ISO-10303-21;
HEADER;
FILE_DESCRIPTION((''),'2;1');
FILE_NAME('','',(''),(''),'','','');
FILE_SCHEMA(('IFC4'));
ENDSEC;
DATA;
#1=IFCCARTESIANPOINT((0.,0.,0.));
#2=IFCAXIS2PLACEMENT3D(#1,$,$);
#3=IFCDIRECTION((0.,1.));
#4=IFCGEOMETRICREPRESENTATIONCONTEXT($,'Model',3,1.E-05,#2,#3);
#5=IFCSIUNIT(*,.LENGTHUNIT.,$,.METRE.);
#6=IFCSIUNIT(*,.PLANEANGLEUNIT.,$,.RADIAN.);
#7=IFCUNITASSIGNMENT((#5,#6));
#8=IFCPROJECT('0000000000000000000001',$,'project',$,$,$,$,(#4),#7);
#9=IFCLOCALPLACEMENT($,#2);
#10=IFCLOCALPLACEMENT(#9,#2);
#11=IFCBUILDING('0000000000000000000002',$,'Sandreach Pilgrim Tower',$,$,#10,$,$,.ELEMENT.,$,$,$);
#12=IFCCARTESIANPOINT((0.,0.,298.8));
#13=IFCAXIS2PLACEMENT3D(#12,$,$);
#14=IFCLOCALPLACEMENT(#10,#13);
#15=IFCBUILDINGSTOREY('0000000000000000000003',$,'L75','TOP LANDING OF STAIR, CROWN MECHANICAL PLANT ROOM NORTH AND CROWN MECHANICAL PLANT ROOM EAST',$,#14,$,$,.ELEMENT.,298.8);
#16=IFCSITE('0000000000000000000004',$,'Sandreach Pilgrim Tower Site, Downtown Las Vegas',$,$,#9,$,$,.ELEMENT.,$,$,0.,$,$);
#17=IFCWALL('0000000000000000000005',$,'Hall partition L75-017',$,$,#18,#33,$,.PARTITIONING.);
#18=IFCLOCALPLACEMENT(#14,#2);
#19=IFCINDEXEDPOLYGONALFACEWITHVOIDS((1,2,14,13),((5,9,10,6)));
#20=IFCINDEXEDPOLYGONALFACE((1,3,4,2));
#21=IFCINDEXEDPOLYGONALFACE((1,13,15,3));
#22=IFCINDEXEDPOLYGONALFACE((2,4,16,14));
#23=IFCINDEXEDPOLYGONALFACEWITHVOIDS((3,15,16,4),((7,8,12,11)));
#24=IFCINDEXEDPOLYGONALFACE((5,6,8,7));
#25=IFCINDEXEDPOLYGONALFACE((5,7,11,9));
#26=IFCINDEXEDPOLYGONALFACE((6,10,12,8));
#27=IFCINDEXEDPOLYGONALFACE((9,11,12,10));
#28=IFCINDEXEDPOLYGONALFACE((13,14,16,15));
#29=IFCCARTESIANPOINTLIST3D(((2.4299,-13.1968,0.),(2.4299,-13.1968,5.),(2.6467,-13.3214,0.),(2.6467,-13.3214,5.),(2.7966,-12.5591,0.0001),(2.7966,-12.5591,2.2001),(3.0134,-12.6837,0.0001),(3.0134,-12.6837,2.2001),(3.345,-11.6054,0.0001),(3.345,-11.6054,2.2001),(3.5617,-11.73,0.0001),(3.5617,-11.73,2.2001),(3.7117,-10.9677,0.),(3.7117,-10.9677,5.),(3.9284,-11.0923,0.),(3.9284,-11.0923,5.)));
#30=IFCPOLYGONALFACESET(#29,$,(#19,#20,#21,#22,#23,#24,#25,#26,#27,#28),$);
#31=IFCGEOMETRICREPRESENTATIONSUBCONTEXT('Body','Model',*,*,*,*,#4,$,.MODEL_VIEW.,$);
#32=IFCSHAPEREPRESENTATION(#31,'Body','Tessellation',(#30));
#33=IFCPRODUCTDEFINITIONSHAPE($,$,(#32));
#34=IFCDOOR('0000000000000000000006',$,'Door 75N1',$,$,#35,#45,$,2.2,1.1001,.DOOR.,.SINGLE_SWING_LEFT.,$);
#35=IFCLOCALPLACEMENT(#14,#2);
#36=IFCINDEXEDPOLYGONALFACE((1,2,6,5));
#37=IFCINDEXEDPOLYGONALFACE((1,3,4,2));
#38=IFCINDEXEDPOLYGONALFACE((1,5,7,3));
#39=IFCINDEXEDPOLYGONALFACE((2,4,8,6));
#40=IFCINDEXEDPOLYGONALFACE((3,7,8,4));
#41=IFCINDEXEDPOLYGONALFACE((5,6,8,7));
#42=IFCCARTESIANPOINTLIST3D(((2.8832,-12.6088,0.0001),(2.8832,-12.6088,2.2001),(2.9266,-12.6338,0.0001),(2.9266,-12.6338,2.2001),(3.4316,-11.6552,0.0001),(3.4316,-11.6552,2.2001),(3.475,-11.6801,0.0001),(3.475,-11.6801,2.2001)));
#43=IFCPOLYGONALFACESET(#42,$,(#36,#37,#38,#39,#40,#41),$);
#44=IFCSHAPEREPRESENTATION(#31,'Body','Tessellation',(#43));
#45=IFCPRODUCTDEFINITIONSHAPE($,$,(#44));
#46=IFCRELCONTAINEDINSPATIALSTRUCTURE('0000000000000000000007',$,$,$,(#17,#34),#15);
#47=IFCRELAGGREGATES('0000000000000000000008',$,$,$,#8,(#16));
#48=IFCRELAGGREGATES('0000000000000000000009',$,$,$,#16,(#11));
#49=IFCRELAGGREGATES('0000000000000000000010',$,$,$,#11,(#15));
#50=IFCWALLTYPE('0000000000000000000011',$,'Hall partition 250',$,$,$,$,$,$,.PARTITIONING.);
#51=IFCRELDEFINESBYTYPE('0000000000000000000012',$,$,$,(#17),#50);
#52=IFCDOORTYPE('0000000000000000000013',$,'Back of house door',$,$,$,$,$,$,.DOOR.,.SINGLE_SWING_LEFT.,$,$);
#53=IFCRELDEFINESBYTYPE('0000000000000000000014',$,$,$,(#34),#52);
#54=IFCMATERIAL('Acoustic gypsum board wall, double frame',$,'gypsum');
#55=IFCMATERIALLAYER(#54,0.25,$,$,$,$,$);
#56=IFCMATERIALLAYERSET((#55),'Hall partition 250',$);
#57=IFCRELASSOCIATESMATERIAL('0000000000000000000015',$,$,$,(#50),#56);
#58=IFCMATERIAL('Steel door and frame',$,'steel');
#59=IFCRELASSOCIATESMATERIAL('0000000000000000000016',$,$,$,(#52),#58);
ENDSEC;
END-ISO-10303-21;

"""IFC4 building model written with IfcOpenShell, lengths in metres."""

from ifc_helpers import new_model, si_unit, direction, frame, frame_2d, origin, place, context, subcontext, project, spatial, rectangle, extrude, material, layer, layer_set, type_object, element, fill, save


model = new_model("IFC4")

# Units and contexts
model_context = context("Model", 3, precision=1e-05, world=origin(), true_north=direction((0.0, 1.0)))
body_context = subcontext(model_context, "Body", "Model", "MODEL_VIEW")
ifc_project = project(units=[si_unit("LENGTHUNIT", "METRE"), si_unit("PLANEANGLEUNIT", "RADIAN")], contexts=[model_context])

# Site, building, storey
site_placement = place(None, origin())
site = spatial("IfcSite", under=ifc_project, at=site_placement, Name="Sandreach Pilgrim Tower Site, Downtown Las Vegas", CompositionType="ELEMENT", RefElevation=0.0)
building_placement = place(site_placement, origin())
building = spatial("IfcBuilding", under=site, at=building_placement, Name="Sandreach Pilgrim Tower", CompositionType="ELEMENT")
storey_placement = place(building_placement, frame((0.0, 0.0, 298.8)))
storey = spatial("IfcBuildingStorey", under=building, at=storey_placement, Name="L75", Description="TOP LANDING OF STAIR, CROWN MECHANICAL PLANT ROOM NORTH AND CROWN MECHANICAL PLANT ROOM EAST", CompositionType="ELEMENT", Elevation=298.8)

# Shared definitions
ifc_material_1 = material(Name="Acoustic gypsum board wall, double frame", Category="gypsum")
ifc_layer_1 = layer(ifc_material_1, 0.25)
ifc_layer_set_1 = layer_set([ifc_layer_1], Name="Hall partition 250")
wall_type_1 = type_object("IfcWallType", Name="Hall partition 250", PredefinedType="PARTITIONING", material=ifc_layer_set_1)

# Wall, opening, door
wall_1_placement = place(storey_placement, frame((3.8201, -11.03, 0.0), z_axis=(0.0, 0.0, 1.0), x_axis=(-0.498489, -0.866896, 0.0)))
wall_1 = element("IfcWall", 1, at=wall_1_placement, inside=storey, type_object=wall_type_1, Name="Hall partition L75-017", PredefinedType="PARTITIONING", context=body_context, shape_type="SweptSolid", body=[
    extrude(rectangle(XDim=2.5713, YDim=0.25, at=frame_2d((1.2856, 0.0))), origin(), (0.0, 0.0, 1.0), 5.0),
])
opening_1_placement = place(wall_1_placement, frame((0.7356, 0.0, 0.0)))
opening_1 = element("IfcOpeningElement", 2, at=opening_1_placement, cuts=wall_1, PredefinedType="OPENING", context=body_context, shape_type="SweptSolid", body=[
    extrude(rectangle(XDim=1.1001, YDim=2.2, at=frame_2d((0.55, 1.1001))), frame((0.0, 0.125, 0.0), z_axis=(0.0, -1.0, 0.0), x_axis=(1.0, 0.0, 0.0)), (0.0, 0.0, 1.0), 0.25),
])
ifc_material_2 = material(Name="Steel door and frame", Category="steel")
door_type = type_object("IfcDoorType", Name="Back of house door", OperationType="SINGLE_SWING_LEFT", PredefinedType="DOOR", material=ifc_material_2)
door_placement = place(opening_1_placement, origin())
door = element("IfcDoor", 3, at=door_placement, inside=storey, type_object=door_type, Name="Door 75N1", OperationType="SINGLE_SWING_LEFT", OverallHeight=2.2, OverallWidth=1.1001, PredefinedType="DOOR", context=body_context, shape_type="SweptSolid", body=[
    extrude(rectangle(XDim=1.1001, YDim=2.2, at=frame_2d((0.55, 1.1001))), frame((0.0, 0.0249, 0.0), z_axis=(0.0, -1.0, 0.0), x_axis=(1.0, 0.0, 0.0)), (0.0, 0.0, 1.0), 0.05),
])
fill(opening_1, door)

save(model, "model.ifc")
